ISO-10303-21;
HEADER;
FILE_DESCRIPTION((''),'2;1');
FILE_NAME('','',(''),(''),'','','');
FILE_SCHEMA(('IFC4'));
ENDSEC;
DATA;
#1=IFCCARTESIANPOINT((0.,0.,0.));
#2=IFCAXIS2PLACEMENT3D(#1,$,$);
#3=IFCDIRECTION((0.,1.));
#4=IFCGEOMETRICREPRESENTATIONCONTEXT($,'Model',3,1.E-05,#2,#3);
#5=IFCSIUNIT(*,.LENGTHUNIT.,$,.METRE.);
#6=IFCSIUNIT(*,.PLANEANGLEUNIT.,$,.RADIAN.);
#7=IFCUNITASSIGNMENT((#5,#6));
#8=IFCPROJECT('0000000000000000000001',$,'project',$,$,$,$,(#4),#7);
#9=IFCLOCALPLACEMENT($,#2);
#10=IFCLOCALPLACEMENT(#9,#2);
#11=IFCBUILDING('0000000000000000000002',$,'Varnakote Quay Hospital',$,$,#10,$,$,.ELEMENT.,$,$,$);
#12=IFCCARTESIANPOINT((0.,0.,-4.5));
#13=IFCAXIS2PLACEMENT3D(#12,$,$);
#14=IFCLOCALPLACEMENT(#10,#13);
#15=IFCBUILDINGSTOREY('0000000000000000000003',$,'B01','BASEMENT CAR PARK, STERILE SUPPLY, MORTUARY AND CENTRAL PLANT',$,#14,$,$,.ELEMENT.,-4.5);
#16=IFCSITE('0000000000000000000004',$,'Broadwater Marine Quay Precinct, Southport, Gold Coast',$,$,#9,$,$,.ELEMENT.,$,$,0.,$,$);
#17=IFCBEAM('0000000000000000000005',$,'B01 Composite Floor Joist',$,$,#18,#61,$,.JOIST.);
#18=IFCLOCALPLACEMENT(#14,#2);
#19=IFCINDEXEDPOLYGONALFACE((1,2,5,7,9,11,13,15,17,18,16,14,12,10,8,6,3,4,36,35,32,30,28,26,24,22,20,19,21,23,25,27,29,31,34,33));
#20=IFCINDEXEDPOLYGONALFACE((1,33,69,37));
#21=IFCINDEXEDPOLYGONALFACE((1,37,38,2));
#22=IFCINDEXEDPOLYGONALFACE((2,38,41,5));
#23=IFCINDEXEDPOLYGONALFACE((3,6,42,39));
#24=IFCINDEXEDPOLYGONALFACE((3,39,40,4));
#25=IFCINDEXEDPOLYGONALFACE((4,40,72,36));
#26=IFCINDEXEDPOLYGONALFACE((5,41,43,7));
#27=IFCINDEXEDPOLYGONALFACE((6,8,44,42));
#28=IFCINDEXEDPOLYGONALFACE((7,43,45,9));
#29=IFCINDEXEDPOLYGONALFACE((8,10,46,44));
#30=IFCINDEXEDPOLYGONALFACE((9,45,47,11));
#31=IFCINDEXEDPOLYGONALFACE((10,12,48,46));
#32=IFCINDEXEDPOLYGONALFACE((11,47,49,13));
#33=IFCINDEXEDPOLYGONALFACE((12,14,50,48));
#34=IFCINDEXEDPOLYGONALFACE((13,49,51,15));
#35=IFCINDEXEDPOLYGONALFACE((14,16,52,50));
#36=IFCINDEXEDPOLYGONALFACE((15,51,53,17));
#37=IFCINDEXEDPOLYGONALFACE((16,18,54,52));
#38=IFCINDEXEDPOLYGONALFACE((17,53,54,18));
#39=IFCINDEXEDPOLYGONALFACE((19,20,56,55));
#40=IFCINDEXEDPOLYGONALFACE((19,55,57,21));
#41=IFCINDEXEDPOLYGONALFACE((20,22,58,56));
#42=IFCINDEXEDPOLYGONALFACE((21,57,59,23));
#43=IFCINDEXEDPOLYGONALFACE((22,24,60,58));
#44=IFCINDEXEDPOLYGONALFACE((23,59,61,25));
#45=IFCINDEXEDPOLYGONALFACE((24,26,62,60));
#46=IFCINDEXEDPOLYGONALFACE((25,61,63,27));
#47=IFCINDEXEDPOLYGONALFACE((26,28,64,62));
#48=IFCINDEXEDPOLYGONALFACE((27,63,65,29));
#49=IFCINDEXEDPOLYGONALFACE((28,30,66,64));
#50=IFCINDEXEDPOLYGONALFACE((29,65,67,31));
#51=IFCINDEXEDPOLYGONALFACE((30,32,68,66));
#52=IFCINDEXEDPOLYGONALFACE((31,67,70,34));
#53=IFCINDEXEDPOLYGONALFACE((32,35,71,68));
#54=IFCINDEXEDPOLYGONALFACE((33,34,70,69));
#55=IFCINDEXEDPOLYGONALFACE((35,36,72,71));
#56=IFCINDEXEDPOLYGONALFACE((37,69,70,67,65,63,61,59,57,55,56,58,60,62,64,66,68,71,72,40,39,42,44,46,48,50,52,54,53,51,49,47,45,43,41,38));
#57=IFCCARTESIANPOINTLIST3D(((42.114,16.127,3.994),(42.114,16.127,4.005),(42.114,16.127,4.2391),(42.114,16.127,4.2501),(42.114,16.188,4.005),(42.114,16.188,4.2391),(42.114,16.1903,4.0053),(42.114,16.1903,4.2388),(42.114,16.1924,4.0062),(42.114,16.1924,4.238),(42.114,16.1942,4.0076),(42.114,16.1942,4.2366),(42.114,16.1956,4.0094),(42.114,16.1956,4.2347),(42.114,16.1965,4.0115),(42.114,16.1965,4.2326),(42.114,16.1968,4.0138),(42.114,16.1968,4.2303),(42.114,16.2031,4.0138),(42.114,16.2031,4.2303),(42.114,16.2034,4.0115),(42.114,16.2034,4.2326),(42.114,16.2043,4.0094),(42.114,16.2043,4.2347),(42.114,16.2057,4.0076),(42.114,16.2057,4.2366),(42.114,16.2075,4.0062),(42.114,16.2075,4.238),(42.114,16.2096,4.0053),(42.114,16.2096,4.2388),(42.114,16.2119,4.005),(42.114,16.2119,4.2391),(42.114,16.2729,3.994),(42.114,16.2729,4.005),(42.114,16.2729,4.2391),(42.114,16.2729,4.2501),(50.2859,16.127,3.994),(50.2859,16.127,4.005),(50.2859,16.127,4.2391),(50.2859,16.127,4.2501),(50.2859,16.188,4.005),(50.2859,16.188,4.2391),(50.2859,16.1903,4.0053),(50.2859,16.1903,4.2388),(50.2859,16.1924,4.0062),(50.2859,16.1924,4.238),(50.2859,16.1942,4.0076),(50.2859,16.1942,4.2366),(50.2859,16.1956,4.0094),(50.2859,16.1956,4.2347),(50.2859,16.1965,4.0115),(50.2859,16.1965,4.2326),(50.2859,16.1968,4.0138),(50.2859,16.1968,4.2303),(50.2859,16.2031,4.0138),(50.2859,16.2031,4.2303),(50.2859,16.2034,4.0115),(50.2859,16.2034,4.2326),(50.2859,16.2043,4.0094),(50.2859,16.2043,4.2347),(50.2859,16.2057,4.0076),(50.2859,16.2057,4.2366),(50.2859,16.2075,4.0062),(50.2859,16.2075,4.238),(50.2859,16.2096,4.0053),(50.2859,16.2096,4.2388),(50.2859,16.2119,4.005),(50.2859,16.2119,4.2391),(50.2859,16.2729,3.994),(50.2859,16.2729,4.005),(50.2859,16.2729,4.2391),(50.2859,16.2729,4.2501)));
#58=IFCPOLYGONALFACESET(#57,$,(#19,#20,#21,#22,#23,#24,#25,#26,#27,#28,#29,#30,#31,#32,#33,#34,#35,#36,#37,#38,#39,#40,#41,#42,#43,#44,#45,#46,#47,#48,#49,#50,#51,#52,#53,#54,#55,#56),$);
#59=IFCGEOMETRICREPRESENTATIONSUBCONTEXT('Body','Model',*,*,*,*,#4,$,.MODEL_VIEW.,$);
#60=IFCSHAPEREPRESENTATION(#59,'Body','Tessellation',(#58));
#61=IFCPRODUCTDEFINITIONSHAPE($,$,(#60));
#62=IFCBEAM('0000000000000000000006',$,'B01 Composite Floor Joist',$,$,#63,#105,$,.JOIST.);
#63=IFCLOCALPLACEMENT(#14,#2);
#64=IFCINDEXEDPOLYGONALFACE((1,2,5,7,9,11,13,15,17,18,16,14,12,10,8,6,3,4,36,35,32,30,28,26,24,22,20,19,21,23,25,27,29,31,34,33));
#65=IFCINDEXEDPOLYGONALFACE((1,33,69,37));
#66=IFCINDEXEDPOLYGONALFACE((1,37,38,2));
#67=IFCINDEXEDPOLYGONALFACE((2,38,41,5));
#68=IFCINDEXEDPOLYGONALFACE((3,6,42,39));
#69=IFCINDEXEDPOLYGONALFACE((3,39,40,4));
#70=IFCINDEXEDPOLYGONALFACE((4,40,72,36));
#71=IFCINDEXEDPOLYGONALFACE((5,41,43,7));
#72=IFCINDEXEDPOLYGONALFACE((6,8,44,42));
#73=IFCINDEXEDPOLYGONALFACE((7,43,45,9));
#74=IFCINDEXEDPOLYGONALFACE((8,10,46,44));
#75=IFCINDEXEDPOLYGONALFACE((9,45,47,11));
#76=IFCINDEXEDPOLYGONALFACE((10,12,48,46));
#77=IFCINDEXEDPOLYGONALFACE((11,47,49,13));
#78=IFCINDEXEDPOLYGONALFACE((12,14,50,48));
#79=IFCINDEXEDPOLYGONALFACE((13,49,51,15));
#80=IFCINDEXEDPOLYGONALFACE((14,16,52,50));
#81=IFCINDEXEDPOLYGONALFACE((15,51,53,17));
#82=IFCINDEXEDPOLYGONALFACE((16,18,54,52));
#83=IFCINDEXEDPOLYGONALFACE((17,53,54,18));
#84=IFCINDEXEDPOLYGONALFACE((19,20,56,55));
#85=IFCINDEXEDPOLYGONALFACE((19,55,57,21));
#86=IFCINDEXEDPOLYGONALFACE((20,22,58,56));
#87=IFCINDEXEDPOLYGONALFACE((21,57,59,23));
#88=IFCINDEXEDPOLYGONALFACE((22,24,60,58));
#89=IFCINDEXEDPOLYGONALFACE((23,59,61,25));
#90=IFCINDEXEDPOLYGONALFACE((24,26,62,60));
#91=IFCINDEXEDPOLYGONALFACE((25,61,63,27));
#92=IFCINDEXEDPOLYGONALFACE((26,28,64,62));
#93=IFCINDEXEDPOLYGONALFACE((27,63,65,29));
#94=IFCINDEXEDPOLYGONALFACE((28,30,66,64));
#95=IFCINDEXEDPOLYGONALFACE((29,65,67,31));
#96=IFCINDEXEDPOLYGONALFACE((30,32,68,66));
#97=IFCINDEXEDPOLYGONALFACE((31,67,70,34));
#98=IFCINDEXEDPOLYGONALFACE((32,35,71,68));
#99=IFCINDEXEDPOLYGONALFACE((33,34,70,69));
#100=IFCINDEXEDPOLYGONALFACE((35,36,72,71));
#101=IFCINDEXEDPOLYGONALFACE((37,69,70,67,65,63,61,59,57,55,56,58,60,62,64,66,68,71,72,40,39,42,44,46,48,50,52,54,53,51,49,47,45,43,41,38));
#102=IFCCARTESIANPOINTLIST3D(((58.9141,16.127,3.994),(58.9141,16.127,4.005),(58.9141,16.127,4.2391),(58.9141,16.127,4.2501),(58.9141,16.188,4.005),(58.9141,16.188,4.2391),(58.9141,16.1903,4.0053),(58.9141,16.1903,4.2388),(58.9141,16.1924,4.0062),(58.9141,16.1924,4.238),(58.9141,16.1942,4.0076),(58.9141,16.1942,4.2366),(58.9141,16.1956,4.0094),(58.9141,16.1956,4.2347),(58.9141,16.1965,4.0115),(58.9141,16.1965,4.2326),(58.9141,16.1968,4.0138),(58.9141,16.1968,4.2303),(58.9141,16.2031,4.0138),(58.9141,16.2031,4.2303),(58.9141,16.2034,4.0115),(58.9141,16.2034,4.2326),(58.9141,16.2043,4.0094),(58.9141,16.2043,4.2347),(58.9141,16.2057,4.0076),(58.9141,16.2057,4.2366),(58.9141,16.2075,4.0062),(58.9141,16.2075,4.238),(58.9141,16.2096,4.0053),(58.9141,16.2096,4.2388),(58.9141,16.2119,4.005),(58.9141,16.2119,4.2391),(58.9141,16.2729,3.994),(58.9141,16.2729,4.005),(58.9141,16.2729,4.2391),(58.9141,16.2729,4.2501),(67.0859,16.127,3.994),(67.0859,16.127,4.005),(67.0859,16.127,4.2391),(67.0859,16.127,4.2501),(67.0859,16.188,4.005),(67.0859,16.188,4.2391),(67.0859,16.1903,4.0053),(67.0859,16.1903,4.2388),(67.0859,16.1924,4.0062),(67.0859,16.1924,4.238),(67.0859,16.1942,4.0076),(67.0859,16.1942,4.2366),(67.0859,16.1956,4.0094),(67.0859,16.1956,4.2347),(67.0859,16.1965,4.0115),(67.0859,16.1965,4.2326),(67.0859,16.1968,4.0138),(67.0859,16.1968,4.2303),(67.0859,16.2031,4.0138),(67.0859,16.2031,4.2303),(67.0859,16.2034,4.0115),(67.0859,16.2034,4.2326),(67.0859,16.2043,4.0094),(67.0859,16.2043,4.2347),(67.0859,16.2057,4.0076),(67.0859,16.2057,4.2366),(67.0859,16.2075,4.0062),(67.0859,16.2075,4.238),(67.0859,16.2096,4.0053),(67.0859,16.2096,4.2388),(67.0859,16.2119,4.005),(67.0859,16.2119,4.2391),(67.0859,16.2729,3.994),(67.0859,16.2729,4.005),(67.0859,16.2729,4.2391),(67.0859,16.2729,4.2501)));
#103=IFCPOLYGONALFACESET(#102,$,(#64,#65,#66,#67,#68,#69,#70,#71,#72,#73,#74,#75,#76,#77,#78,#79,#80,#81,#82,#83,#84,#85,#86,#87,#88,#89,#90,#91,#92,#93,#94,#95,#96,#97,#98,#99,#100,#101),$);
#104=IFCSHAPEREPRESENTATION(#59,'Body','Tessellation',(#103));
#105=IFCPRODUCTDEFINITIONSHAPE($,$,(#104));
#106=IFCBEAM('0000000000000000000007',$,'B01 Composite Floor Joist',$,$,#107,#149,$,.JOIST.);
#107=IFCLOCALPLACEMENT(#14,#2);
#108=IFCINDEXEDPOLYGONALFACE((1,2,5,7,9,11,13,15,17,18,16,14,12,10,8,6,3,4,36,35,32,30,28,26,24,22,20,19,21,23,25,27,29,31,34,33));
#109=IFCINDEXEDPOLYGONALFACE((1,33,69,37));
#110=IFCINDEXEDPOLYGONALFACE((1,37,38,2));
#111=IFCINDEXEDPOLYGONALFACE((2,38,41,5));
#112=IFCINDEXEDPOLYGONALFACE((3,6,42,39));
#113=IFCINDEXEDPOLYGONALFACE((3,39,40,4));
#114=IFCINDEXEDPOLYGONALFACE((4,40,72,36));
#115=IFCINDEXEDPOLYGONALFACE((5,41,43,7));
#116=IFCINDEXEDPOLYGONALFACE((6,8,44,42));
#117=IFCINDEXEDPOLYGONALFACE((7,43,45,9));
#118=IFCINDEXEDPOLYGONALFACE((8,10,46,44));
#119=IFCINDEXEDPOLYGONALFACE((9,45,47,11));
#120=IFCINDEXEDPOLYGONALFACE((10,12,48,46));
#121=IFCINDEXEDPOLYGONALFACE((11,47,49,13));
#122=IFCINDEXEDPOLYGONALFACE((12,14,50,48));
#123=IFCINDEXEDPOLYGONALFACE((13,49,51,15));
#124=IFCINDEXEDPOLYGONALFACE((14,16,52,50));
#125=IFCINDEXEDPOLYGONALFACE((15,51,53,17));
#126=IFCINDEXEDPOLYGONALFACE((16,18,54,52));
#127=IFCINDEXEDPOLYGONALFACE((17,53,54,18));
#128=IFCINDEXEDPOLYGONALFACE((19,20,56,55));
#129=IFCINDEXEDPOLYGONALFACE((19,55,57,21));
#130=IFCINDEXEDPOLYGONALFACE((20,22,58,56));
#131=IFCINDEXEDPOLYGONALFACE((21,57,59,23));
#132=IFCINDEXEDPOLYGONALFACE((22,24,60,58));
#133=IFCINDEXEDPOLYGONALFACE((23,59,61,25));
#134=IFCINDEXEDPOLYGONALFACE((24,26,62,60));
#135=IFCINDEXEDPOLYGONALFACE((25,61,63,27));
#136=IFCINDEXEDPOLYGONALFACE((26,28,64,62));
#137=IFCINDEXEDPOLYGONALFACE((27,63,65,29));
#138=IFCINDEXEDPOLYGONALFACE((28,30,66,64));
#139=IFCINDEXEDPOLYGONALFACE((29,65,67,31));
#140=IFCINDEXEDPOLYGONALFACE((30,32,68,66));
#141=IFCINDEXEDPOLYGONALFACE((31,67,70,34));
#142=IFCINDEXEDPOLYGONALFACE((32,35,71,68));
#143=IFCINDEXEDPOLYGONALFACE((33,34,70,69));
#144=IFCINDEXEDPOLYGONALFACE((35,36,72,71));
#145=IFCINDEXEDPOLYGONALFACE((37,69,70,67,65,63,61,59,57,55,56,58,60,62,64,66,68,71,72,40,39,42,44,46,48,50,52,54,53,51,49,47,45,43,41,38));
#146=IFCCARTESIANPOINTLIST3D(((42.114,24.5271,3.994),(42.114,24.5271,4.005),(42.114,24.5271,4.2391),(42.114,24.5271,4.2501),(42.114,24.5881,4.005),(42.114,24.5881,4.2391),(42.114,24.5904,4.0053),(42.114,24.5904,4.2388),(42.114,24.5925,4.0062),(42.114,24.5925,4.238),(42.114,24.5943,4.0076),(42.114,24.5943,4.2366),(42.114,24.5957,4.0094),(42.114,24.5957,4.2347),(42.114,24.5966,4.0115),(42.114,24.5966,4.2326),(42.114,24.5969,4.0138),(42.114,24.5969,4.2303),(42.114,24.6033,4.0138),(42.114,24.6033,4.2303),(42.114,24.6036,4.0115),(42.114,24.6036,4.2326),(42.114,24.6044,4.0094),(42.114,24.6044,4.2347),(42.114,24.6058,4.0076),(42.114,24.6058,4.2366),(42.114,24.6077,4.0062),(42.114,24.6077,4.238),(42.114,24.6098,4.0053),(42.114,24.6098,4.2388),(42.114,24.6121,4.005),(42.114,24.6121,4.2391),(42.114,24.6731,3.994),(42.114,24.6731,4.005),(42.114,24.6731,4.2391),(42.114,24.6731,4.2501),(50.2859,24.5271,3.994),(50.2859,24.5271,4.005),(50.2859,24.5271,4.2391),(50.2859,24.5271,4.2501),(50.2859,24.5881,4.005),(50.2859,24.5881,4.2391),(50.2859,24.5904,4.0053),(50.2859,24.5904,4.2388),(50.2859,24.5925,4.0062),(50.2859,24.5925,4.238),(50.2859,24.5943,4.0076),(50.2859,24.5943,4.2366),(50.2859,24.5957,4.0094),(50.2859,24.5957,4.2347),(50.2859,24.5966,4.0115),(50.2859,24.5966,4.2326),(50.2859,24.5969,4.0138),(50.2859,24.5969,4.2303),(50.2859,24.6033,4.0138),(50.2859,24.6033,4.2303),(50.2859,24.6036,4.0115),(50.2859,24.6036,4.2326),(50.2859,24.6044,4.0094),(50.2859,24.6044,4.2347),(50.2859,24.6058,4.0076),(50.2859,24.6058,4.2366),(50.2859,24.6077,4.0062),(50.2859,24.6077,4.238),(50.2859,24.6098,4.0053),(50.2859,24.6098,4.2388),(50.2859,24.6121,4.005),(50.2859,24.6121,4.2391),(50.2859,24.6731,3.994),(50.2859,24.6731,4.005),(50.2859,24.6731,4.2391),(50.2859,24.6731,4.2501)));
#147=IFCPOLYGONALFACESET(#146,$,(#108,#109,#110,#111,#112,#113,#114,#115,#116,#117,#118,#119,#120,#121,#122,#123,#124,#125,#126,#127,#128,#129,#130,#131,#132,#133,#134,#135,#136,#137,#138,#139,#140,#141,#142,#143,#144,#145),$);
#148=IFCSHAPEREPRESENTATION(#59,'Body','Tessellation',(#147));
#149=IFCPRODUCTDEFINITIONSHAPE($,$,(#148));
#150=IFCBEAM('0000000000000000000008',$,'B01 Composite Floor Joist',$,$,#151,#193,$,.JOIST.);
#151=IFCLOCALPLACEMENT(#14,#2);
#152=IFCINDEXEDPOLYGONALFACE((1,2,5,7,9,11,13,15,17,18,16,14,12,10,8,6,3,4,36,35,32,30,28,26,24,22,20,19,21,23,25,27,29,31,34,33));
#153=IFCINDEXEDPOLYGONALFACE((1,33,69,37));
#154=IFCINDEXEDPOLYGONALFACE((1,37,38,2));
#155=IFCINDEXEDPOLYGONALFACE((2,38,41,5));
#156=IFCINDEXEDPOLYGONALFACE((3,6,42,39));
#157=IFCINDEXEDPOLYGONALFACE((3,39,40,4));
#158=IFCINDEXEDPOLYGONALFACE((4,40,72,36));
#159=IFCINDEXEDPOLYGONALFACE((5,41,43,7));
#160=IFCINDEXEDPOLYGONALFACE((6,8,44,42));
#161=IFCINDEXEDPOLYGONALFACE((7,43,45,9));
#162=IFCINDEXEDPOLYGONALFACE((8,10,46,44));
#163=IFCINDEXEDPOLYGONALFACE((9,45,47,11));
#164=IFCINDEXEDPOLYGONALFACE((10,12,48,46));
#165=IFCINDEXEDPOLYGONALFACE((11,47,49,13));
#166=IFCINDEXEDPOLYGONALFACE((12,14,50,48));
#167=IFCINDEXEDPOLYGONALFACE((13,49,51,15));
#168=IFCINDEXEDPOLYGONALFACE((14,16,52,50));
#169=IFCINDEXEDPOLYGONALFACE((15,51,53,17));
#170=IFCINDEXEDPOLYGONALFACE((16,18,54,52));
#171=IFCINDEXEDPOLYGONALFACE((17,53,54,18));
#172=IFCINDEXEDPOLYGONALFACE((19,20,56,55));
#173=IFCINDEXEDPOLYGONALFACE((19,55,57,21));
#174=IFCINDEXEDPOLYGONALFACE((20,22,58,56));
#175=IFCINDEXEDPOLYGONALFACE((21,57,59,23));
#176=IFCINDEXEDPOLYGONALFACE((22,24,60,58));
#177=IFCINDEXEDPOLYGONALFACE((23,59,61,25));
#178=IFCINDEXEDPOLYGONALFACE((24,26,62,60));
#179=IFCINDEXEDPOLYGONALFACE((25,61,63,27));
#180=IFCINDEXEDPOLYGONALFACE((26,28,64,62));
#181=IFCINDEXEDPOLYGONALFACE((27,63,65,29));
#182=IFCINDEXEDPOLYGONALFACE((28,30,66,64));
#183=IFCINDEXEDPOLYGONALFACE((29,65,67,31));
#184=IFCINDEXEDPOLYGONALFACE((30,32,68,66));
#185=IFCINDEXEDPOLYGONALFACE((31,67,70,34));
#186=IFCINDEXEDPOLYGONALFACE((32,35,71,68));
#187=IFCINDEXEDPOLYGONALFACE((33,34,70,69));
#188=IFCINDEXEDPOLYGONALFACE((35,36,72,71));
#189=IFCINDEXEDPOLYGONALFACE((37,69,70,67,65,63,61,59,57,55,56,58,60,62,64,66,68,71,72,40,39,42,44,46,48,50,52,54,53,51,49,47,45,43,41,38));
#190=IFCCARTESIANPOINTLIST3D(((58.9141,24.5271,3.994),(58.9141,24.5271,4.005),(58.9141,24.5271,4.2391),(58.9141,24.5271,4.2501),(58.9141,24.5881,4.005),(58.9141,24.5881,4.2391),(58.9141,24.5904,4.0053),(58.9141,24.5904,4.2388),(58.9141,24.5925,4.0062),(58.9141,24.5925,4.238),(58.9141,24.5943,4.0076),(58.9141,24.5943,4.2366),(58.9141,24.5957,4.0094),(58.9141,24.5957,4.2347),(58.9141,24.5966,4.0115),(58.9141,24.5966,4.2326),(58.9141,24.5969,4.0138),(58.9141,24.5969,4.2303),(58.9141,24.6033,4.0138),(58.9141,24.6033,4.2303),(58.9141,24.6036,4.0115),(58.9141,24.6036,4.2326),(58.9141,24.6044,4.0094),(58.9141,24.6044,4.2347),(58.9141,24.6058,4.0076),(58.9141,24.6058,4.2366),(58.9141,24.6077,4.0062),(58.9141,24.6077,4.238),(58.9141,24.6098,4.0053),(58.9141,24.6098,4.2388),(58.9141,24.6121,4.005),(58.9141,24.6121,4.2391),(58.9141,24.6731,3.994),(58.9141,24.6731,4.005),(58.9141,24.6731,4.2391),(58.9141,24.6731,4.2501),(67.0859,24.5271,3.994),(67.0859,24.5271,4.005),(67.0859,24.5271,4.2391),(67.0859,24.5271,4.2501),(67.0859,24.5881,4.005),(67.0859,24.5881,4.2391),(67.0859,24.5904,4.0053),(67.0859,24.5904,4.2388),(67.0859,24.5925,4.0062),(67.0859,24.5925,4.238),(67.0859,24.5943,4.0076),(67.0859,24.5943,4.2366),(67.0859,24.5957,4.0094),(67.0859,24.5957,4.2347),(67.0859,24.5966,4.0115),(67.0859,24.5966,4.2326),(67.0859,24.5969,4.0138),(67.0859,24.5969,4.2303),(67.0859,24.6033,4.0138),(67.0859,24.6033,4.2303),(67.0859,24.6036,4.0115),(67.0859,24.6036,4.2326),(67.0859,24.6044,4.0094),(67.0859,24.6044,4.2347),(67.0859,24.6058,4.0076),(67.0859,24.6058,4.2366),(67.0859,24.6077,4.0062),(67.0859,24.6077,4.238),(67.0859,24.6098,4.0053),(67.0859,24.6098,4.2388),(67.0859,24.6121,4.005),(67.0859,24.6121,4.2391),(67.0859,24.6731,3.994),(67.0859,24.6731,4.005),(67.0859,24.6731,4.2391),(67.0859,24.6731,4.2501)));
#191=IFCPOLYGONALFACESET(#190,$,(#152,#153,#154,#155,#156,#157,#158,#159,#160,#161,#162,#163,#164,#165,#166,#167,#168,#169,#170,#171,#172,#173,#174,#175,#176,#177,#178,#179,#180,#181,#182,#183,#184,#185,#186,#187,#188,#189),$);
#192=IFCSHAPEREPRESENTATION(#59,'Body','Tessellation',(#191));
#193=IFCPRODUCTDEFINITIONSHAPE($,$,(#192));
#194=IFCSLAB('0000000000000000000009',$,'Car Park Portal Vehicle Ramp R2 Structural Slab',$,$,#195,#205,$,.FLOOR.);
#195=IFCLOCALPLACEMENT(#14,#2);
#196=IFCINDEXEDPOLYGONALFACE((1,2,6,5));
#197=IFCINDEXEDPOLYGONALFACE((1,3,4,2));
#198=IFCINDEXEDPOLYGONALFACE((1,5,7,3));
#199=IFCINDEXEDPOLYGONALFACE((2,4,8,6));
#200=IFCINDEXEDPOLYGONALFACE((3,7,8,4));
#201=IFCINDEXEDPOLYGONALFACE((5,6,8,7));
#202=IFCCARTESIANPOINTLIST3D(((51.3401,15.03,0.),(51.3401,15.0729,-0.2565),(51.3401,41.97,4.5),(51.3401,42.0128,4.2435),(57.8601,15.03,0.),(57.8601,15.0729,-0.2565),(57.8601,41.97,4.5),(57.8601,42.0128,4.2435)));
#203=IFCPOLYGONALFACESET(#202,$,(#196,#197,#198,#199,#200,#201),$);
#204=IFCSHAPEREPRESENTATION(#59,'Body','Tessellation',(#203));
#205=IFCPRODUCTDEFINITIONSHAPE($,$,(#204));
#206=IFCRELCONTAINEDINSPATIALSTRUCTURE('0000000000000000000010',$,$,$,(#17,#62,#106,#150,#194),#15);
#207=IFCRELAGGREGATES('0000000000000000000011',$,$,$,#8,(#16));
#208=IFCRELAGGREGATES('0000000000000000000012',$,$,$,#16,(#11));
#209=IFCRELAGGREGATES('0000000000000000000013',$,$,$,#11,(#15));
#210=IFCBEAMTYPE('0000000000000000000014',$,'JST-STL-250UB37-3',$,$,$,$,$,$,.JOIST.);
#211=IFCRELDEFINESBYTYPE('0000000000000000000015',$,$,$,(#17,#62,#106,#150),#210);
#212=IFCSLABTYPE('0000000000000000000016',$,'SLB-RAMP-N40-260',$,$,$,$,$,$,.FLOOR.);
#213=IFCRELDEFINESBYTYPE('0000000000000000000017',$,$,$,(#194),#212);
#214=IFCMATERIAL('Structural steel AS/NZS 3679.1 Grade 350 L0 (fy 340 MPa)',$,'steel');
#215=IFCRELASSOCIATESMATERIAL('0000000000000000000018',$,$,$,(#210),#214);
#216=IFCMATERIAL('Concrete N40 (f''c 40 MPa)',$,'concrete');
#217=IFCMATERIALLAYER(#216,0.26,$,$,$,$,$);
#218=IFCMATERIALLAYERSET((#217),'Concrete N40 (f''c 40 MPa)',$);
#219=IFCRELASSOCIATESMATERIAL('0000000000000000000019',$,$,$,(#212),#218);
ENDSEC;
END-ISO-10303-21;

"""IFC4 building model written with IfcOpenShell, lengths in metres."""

from ifc_helpers import new_model, si_unit, direction, frame, origin, origin_2d, place, context, subcontext, project, spatial, polyline, i_section, outline, extrude, material, layer, layer_set, material_profile, profile_set, type_object, element, save


model = new_model("IFC4")

# Units and contexts
model_context = context("Model", 3, precision=1e-05, world=origin(), true_north=direction((0.0, 1.0)))
body_context = subcontext(model_context, "Body", "Model", "MODEL_VIEW")
ifc_project = project(units=[si_unit("LENGTHUNIT", "METRE"), si_unit("PLANEANGLEUNIT", "RADIAN")], contexts=[model_context])

# Site, building, storey
site_placement = place(None, origin())
site = spatial("IfcSite", under=ifc_project, at=site_placement, Name="Broadwater Marine Quay Precinct, Southport, Gold Coast", CompositionType="ELEMENT", RefElevation=0.0)
building_placement = place(site_placement, origin())
building = spatial("IfcBuilding", under=site, at=building_placement, Name="Varnakote Quay Hospital", CompositionType="ELEMENT")
storey_placement = place(building_placement, frame((0.0, 0.0, -4.5)))
storey = spatial("IfcBuildingStorey", under=building, at=storey_placement, Name="B01", Description="BASEMENT CAR PARK, STERILE SUPPLY, MORTUARY AND CENTRAL PLANT", CompositionType="ELEMENT", Elevation=-4.5)

# Beams
ifc_material_1 = material(Name="Structural steel AS/NZS 3679.1 Grade 350 L0 (fy 340 MPa)", Category="steel")
ifc_material_profile_1 = material_profile(ifc_material_1, i_section(OverallWidth=0.146, OverallDepth=0.2561, WebThickness=0.0063, FlangeThickness=0.011, FilletRadius=0.0088, at=origin_2d()), Name="250UB37.3")
ifc_profile_set_1 = profile_set([ifc_material_profile_1], Name="Structural steel AS/NZS 3679.1 Grade 350 L0 (fy 340 MPa)")
beam_type_1 = type_object("IfcBeamType", Name="JST-STL-250UB37-3", PredefinedType="JOIST", material=ifc_profile_set_1)
for number, where, z_axis, x_axis, name in (
    (1, (42.114, 16.2, 4.1221), (1.0, 0.0, 0.0), (0.0, 1.0, 0.0), "B01 Composite Floor Joist"),
    (2, (58.9141, 16.2, 4.1221), (1.0, 0.0, 0.0), (0.0, 1.0, 0.0), "B01 Composite Floor Joist"),
    (3, (42.114, 24.6001, 4.1221), (1.0, 0.0, 0.0), (0.0, 1.0, 0.0), "B01 Composite Floor Joist"),
    (4, (58.9141, 24.6001, 4.1221), (1.0, 0.0, 0.0), (0.0, 1.0, 0.0), "B01 Composite Floor Joist"),
):
    element("IfcBeam", number, at=place(storey_placement, frame(where, z_axis=z_axis, x_axis=x_axis)), inside=storey, type_object=beam_type_1, Name=name, PredefinedType="JOIST", context=body_context, shape_type="SweptSolid", body=[
        extrude(i_section(OverallWidth=0.146, OverallDepth=0.2561, WebThickness=0.0063, FlangeThickness=0.011, FilletRadius=0.0088, at=origin_2d()), origin(), (0.0, 0.0, 1.0), 8.1719),
    ])

# Slab
ifc_material_2 = material(Name="Concrete N40 (f'c 40 MPa)", Category="concrete")
ifc_layer_1 = layer(ifc_material_2, 0.26)
ifc_layer_set_1 = layer_set([ifc_layer_1], Name="Concrete N40 (f'c 40 MPa)")
slab_type = type_object("IfcSlabType", Name="SLB-RAMP-N40-260", PredefinedType="FLOOR", material=ifc_layer_set_1)
slab_placement = place(storey_placement, frame((51.3401, 15.03, 0.0), z_axis=(0.0, -0.164756, 0.986334), x_axis=(1.0, 0.0, 0.0)))
element("IfcSlab", 5, at=slab_placement, inside=storey, type_object=slab_type, Name="Car Park Portal Vehicle Ramp R2 Structural Slab", PredefinedType="FLOOR", context=body_context, shape_type="SweptSolid", body=[
    extrude(outline(polyline([(0.0, 0.0), (6.52, 0.0), (6.52, 27.3132), (0.0, 27.3132), (0.0, 0.0)])), origin(), (0.0, 0.0, -1.0), 0.26),
])

save(model, "model.ifc")
